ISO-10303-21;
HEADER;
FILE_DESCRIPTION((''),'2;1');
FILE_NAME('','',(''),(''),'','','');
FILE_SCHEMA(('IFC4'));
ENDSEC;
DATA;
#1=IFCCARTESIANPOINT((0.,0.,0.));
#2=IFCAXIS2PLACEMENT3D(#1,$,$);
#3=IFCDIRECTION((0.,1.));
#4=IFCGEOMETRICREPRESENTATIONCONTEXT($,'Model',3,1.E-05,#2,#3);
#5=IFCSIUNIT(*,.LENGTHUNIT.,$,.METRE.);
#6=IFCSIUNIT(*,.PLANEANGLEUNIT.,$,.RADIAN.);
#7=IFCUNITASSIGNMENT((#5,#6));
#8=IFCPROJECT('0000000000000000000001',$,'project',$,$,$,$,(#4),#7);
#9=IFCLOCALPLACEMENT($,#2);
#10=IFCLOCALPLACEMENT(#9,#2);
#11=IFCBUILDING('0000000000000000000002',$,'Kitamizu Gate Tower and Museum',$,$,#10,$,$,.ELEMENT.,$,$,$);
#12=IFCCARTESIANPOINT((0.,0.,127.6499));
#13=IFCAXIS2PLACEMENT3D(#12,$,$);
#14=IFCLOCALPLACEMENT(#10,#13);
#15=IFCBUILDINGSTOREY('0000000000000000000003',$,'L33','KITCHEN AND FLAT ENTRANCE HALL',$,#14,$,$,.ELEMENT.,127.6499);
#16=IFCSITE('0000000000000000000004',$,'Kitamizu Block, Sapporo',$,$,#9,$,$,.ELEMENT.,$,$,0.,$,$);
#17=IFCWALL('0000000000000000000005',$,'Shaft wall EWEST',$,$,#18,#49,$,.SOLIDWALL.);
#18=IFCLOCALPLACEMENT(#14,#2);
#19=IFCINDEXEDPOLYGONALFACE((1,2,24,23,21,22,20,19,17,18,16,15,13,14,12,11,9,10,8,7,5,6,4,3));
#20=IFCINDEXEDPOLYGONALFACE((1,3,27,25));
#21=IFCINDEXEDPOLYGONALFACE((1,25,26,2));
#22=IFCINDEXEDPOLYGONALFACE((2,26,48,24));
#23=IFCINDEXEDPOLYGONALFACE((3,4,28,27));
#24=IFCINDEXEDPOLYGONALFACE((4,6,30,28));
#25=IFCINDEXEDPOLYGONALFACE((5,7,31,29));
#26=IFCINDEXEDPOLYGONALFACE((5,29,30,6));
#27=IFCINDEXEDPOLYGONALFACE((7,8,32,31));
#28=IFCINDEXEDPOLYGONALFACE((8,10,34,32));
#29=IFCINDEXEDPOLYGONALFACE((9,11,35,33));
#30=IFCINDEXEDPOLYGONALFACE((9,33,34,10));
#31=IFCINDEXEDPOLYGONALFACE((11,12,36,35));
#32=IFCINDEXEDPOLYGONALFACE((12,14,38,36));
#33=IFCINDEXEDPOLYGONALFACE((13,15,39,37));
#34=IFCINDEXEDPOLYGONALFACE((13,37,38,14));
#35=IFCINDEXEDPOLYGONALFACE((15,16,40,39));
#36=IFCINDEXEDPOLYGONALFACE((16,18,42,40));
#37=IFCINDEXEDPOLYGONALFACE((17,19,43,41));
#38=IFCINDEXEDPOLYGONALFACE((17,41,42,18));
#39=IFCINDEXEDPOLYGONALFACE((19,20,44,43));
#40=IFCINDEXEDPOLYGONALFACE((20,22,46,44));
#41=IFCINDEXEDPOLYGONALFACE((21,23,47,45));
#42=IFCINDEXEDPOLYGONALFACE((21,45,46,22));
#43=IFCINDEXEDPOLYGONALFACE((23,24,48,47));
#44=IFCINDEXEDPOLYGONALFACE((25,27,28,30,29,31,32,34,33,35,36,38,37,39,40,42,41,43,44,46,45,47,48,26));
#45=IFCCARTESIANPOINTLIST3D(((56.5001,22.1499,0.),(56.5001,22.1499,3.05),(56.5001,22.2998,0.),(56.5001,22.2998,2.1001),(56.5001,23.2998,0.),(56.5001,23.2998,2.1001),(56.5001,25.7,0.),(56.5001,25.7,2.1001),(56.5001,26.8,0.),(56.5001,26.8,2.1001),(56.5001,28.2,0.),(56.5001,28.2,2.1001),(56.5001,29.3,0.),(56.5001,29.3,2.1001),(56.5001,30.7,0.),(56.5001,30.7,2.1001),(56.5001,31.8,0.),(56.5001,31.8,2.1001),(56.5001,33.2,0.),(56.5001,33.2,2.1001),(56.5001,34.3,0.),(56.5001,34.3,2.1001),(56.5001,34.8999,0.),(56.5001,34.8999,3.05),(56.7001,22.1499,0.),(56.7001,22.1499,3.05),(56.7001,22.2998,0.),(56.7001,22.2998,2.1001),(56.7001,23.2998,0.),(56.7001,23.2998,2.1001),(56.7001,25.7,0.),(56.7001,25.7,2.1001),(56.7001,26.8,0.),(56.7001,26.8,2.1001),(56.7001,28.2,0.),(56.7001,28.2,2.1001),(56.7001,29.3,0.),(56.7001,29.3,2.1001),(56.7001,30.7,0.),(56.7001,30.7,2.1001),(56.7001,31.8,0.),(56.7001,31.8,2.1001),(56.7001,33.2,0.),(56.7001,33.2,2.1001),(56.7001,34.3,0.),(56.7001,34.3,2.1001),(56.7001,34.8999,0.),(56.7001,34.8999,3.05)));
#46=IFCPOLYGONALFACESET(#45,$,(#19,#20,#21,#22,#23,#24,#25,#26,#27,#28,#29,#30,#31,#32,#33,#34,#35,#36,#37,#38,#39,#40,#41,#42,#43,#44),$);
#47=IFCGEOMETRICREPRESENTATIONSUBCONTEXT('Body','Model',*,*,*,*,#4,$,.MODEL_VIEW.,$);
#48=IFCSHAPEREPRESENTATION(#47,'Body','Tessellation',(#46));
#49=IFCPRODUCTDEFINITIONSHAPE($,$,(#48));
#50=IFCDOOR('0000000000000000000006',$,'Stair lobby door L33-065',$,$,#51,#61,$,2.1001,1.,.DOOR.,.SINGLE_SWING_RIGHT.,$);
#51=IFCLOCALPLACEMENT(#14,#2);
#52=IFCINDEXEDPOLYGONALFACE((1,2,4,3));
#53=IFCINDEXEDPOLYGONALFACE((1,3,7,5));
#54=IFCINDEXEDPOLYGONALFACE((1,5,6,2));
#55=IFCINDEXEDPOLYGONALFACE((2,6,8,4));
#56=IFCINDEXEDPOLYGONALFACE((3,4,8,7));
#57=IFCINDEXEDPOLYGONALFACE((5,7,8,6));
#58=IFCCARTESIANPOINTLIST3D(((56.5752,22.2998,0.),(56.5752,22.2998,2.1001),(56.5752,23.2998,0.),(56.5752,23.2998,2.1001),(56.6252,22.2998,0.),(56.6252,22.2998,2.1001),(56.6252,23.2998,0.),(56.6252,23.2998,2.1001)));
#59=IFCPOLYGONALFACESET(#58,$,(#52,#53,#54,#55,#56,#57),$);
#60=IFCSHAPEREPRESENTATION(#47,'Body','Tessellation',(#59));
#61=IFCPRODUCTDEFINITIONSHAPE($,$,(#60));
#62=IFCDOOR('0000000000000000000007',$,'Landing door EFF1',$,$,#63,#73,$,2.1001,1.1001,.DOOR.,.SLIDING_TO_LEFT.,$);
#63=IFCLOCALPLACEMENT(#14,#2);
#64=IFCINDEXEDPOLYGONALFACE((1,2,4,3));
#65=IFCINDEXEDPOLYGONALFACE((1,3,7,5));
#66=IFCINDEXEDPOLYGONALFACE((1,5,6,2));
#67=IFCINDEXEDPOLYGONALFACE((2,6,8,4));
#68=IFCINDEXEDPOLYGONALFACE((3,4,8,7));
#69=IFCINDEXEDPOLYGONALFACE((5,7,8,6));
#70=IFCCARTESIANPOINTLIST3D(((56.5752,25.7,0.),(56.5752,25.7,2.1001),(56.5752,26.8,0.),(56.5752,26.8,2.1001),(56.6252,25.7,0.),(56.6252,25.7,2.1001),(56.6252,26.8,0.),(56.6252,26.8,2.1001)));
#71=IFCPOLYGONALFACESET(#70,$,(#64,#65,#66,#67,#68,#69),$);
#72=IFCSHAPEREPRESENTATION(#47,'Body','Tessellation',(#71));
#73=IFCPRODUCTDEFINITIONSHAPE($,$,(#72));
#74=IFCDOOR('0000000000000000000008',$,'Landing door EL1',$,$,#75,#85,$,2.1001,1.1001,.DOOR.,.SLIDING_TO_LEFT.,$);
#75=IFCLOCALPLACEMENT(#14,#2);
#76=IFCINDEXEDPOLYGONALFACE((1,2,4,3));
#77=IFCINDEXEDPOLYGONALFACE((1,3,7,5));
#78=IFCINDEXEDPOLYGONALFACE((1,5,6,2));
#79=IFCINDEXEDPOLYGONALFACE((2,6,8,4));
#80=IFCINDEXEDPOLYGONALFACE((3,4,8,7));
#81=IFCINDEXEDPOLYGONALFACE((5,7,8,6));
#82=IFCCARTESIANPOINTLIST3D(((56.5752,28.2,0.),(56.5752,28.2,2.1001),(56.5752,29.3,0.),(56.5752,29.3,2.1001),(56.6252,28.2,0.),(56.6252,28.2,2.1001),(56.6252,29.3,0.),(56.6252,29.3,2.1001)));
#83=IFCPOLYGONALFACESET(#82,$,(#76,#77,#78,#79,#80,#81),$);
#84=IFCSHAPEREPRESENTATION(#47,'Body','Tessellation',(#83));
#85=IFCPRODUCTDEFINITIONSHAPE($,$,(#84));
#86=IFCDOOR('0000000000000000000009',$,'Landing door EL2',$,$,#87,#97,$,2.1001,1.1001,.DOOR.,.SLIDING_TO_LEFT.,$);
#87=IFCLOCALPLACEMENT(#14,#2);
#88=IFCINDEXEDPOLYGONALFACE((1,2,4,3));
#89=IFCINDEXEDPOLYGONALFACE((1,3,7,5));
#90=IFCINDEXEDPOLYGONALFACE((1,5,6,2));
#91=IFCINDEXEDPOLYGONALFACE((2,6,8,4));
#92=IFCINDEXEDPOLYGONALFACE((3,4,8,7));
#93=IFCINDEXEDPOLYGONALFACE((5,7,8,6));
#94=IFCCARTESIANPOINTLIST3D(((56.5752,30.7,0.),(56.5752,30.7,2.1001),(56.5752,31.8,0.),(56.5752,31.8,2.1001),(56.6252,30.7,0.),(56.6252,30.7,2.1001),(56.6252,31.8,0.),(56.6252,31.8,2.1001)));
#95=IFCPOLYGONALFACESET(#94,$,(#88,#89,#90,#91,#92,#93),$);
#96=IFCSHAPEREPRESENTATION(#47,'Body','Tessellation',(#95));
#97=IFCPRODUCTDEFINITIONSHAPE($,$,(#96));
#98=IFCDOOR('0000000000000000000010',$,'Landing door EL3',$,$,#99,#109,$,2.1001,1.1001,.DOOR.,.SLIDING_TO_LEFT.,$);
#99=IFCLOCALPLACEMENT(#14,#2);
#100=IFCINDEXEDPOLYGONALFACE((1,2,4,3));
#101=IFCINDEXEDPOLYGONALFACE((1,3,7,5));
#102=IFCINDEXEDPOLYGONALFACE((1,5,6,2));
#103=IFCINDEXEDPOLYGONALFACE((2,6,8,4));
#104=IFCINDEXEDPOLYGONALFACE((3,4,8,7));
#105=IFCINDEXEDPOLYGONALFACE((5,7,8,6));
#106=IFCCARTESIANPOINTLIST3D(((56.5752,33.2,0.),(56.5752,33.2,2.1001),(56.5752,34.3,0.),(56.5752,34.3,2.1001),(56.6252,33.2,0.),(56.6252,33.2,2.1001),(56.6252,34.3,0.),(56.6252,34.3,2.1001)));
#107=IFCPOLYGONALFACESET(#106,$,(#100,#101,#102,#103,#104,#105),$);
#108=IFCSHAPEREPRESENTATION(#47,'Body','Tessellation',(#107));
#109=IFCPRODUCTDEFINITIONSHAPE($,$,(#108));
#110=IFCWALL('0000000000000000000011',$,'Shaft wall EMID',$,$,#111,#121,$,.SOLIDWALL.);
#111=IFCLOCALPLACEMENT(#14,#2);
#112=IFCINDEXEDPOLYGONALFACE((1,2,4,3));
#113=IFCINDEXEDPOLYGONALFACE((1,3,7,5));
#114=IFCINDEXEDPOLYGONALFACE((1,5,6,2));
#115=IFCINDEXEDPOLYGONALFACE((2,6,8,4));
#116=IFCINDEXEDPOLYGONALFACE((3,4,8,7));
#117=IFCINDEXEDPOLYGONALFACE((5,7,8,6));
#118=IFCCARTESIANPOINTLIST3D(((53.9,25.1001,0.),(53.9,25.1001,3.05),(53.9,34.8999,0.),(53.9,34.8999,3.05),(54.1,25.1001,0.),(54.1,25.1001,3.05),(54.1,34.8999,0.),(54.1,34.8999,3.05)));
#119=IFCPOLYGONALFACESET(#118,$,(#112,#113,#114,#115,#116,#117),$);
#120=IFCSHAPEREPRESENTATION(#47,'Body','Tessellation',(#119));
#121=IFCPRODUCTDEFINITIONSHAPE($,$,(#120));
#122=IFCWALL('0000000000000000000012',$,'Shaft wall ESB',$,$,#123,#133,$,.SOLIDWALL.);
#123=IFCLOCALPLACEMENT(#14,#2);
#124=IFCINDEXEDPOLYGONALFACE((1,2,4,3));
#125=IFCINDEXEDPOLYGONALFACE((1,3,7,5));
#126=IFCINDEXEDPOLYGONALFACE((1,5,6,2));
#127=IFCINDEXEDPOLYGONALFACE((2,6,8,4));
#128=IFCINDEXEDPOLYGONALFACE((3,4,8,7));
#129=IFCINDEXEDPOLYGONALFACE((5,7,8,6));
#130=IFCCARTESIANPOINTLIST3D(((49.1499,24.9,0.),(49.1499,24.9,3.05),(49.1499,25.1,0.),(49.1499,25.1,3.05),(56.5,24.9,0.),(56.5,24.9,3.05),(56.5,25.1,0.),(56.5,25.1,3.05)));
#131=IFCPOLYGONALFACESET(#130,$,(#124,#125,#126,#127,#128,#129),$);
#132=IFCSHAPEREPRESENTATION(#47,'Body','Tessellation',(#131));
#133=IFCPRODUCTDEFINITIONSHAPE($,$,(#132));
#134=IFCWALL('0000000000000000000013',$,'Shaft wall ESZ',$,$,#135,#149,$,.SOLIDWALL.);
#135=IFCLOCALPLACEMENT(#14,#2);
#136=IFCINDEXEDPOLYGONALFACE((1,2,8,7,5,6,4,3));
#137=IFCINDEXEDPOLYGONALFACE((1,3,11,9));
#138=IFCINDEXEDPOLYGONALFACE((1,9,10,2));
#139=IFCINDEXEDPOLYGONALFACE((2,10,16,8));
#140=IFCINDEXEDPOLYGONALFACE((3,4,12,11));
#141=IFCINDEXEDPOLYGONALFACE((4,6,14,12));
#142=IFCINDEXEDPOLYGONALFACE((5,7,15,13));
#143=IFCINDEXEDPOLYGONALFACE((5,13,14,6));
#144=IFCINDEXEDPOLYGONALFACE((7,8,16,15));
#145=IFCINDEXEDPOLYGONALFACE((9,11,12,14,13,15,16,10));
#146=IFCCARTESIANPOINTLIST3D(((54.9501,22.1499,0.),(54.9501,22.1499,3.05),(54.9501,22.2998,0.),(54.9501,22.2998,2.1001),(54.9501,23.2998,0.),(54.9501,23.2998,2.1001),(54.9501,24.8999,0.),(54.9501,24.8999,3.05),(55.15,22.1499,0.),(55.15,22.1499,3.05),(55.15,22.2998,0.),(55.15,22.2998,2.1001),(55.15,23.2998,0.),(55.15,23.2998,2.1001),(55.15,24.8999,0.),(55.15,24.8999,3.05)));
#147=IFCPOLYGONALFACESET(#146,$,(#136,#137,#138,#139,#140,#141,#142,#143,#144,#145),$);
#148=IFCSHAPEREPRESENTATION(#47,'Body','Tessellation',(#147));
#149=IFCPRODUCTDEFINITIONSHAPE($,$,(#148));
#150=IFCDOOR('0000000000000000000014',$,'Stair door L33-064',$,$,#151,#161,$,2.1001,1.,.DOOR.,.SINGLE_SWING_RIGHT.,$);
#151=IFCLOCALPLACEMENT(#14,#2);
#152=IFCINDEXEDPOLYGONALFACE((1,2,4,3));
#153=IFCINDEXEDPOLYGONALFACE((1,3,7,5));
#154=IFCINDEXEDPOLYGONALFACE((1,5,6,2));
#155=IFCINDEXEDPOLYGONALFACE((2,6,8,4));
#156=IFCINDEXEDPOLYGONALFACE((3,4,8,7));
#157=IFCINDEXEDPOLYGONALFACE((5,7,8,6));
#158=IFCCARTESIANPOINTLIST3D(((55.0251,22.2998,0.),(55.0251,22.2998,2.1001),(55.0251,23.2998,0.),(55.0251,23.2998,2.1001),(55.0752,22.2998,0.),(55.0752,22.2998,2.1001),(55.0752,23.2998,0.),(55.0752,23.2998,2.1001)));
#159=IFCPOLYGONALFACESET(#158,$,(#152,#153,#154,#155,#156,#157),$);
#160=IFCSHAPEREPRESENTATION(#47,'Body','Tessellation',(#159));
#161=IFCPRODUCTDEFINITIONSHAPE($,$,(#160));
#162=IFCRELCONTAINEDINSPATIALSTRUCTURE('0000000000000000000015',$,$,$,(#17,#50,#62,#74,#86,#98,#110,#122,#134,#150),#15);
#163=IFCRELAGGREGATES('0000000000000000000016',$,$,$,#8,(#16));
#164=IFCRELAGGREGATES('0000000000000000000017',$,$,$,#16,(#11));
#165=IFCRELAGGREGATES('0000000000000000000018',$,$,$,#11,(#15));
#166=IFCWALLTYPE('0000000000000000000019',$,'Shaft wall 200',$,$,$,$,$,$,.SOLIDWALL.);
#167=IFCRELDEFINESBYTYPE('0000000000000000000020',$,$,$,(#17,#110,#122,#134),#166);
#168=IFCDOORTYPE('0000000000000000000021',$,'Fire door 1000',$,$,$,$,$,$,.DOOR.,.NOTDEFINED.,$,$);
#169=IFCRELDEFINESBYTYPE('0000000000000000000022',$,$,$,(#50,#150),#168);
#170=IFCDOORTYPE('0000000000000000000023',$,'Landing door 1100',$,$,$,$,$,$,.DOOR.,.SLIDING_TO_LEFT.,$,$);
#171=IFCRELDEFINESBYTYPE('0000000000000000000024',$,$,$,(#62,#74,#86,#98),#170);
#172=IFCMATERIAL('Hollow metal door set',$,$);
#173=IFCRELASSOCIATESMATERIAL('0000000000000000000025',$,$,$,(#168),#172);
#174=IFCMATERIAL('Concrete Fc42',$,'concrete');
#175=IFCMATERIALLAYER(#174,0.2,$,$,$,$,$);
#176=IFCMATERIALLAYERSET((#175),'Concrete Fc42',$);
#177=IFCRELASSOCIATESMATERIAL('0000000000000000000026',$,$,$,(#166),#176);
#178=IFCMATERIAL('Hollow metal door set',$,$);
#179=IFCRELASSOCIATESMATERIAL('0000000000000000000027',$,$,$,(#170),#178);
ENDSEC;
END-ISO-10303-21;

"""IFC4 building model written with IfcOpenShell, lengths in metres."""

from ifc_helpers import new_model, si_unit, direction, frame, frame_2d, origin, place, context, subcontext, project, spatial, rectangle, extrude, material, layer, layer_set, type_object, element, fill, save


model = new_model("IFC4")

# Units and contexts
model_context = context("Model", 3, precision=1e-05, world=origin(), true_north=direction((0.0, 1.0)))
body_context = subcontext(model_context, "Body", "Model", "MODEL_VIEW")
ifc_project = project(units=[si_unit("LENGTHUNIT", "METRE"), si_unit("PLANEANGLEUNIT", "RADIAN")], contexts=[model_context])

# Site, building, storey
site_placement = place(None, origin())
site = spatial("IfcSite", under=ifc_project, at=site_placement, Name="Kitamizu Block, Sapporo", CompositionType="ELEMENT", RefElevation=0.0)
building_placement = place(site_placement, origin())
building = spatial("IfcBuilding", under=site, at=building_placement, Name="Kitamizu Gate Tower and Museum", CompositionType="ELEMENT")
storey_placement = place(building_placement, frame((0.0, 0.0, 127.6499)))
storey = spatial("IfcBuildingStorey", under=building, at=storey_placement, Name="L33", Description="KITCHEN AND FLAT ENTRANCE HALL", CompositionType="ELEMENT", Elevation=127.6499)

# Shared definitions
ifc_material_1 = material(Name="Hollow metal door set")
door_type_1 = type_object("IfcDoorType", Name="Fire door 1000", OperationType="NOTDEFINED", PredefinedType="DOOR", material=ifc_material_1)

# Wall, openings, doors
ifc_material_2 = material(Name="Concrete Fc42", Category="concrete")
ifc_layer_1 = layer(ifc_material_2, 0.2)
ifc_layer_set_1 = layer_set([ifc_layer_1], Name="Concrete Fc42")
wall_type_1 = type_object("IfcWallType", Name="Shaft wall 200", PredefinedType="SOLIDWALL", material=ifc_layer_set_1)
wall_1_placement = place(storey_placement, frame((56.6001, 22.1499, 0.0), z_axis=(0.0, 0.0, 1.0), x_axis=(0.0, 1.0, 0.0)))
wall_1 = element("IfcWall", 1, at=wall_1_placement, inside=storey, type_object=wall_type_1, Name="Shaft wall EWEST", PredefinedType="SOLIDWALL", context=body_context, shape_type="SweptSolid", body=[
    extrude(rectangle(XDim=12.75, YDim=0.2, at=frame_2d((6.375, 0.0))), origin(), (0.0, 0.0, 1.0), 3.05),
])
opening_1_placement = place(wall_1_placement, frame((3.55, 0.0, 0.0)))
opening_1 = element("IfcOpeningElement", 2, at=opening_1_placement, cuts=wall_1, PredefinedType="OPENING", context=body_context, shape_type="SweptSolid", body=[
    extrude(rectangle(XDim=1.1001, YDim=2.1001, at=frame_2d((0.55, 1.05))), frame((0.0, 0.1099, 0.0), z_axis=(0.0, -1.0, 0.0), x_axis=(1.0, 0.0, 0.0)), (0.0, 0.0, 1.0), 0.22),
])
opening_2_placement = place(wall_1_placement, frame((6.05, 0.0, 0.0)))
opening_2 = element("IfcOpeningElement", 3, at=opening_2_placement, cuts=wall_1, PredefinedType="OPENING", context=body_context, shape_type="SweptSolid", body=[
    extrude(rectangle(XDim=1.1001, YDim=2.1001, at=frame_2d((0.55, 1.05))), frame((0.0, 0.1099, 0.0), z_axis=(0.0, -1.0, 0.0), x_axis=(1.0, 0.0, 0.0)), (0.0, 0.0, 1.0), 0.22),
])
opening_3_placement = place(wall_1_placement, frame((8.55, 0.0, 0.0)))
opening_3 = element("IfcOpeningElement", 4, at=opening_3_placement, cuts=wall_1, PredefinedType="OPENING", context=body_context, shape_type="SweptSolid", body=[
    extrude(rectangle(XDim=1.1001, YDim=2.1001, at=frame_2d((0.55, 1.05))), frame((0.0, 0.1099, 0.0), z_axis=(0.0, -1.0, 0.0), x_axis=(1.0, 0.0, 0.0)), (0.0, 0.0, 1.0), 0.22),
])
opening_4_placement = place(wall_1_placement, frame((11.05, 0.0, 0.0)))
opening_4 = element("IfcOpeningElement", 5, at=opening_4_placement, cuts=wall_1, PredefinedType="OPENING", context=body_context, shape_type="SweptSolid", body=[
    extrude(rectangle(XDim=1.1001, YDim=2.1001, at=frame_2d((0.55, 1.05))), frame((0.0, 0.1099, 0.0), z_axis=(0.0, -1.0, 0.0), x_axis=(1.0, 0.0, 0.0)), (0.0, 0.0, 1.0), 0.22),
])
opening_5_placement = place(wall_1_placement, frame((0.1499, 0.0, 0.0)))
opening_5 = element("IfcOpeningElement", 6, at=opening_5_placement, cuts=wall_1, PredefinedType="OPENING", context=body_context, shape_type="SweptSolid", body=[
    extrude(rectangle(XDim=1.0, YDim=2.1001, at=frame_2d((0.5, 1.05))), frame((0.0, 0.1099, 0.0), z_axis=(0.0, -1.0, 0.0), x_axis=(1.0, 0.0, 0.0)), (0.0, 0.0, 1.0), 0.22),
])
door_1_placement = place(opening_5_placement, origin())
door_1 = element("IfcDoor", 7, at=door_1_placement, inside=storey, type_object=door_type_1, Name="Stair lobby door L33-065", OperationType="SINGLE_SWING_RIGHT", OverallHeight=2.1001, OverallWidth=1.0, PredefinedType="DOOR", context=body_context, shape_type="SweptSolid", body=[
    extrude(rectangle(XDim=1.0, YDim=2.1001, at=frame_2d((0.5, 1.05))), frame((0.0, 0.0249, 0.0), z_axis=(0.0, -1.0, 0.0), x_axis=(1.0, 0.0, 0.0)), (0.0, 0.0, 1.0), 0.05),
])
fill(opening_5, door_1)
ifc_material_3 = material(Name="Hollow metal door set")
door_type_2 = type_object("IfcDoorType", Name="Landing door 1100", OperationType="SLIDING_TO_LEFT", PredefinedType="DOOR", material=ifc_material_3)
door_2_placement = place(opening_1_placement, origin())
door_2 = element("IfcDoor", 8, at=door_2_placement, inside=storey, type_object=door_type_2, Name="Landing door EFF1", OperationType="SLIDING_TO_LEFT", OverallHeight=2.1001, OverallWidth=1.1001, PredefinedType="DOOR", context=body_context, shape_type="SweptSolid", body=[
    extrude(rectangle(XDim=1.1001, YDim=2.1001, at=frame_2d((0.55, 1.05))), frame((0.0, 0.0249, 0.0), z_axis=(0.0, -1.0, 0.0), x_axis=(1.0, 0.0, 0.0)), (0.0, 0.0, 1.0), 0.05),
])
fill(opening_1, door_2)
door_3_placement = place(opening_2_placement, origin())
door_3 = element("IfcDoor", 9, at=door_3_placement, inside=storey, type_object=door_type_2, Name="Landing door EL1", OperationType="SLIDING_TO_LEFT", OverallHeight=2.1001, OverallWidth=1.1001, PredefinedType="DOOR", context=body_context, shape_type="SweptSolid", body=[
    extrude(rectangle(XDim=1.1001, YDim=2.1001, at=frame_2d((0.55, 1.05))), frame((0.0, 0.0249, 0.0), z_axis=(0.0, -1.0, 0.0), x_axis=(1.0, 0.0, 0.0)), (0.0, 0.0, 1.0), 0.05),
])
fill(opening_2, door_3)
door_4_placement = place(opening_3_placement, origin())
door_4 = element("IfcDoor", 10, at=door_4_placement, inside=storey, type_object=door_type_2, Name="Landing door EL2", OperationType="SLIDING_TO_LEFT", OverallHeight=2.1001, OverallWidth=1.1001, PredefinedType="DOOR", context=body_context, shape_type="SweptSolid", body=[
    extrude(rectangle(XDim=1.1001, YDim=2.1001, at=frame_2d((0.55, 1.05))), frame((0.0, 0.0249, 0.0), z_axis=(0.0, -1.0, 0.0), x_axis=(1.0, 0.0, 0.0)), (0.0, 0.0, 1.0), 0.05),
])
fill(opening_3, door_4)
door_5_placement = place(opening_4_placement, origin())
door_5 = element("IfcDoor", 11, at=door_5_placement, inside=storey, type_object=door_type_2, Name="Landing door EL3", OperationType="SLIDING_TO_LEFT", OverallHeight=2.1001, OverallWidth=1.1001, PredefinedType="DOOR", context=body_context, shape_type="SweptSolid", body=[
    extrude(rectangle(XDim=1.1001, YDim=2.1001, at=frame_2d((0.55, 1.05))), frame((0.0, 0.0249, 0.0), z_axis=(0.0, -1.0, 0.0), x_axis=(1.0, 0.0, 0.0)), (0.0, 0.0, 1.0), 0.05),
])
fill(opening_4, door_5)

# Walls
wall_2_placement = place(storey_placement, frame((54.0, 25.1001, 0.0), z_axis=(0.0, 0.0, 1.0), x_axis=(0.0, 1.0, 0.0)))
element("IfcWall", 12, at=wall_2_placement, inside=storey, type_object=wall_type_1, Name="Shaft wall EMID", PredefinedType="SOLIDWALL", context=body_context, shape_type="SweptSolid", body=[
    extrude(rectangle(XDim=9.7998, YDim=0.2, at=frame_2d((4.8999, 0.0))), origin(), (0.0, 0.0, 1.0), 3.05),
])
wall_3_placement = place(storey_placement, frame((56.5, 25.0, 0.0), z_axis=(0.0, 0.0, 1.0), x_axis=(-1.0, 0.0, 0.0)))
element("IfcWall", 13, at=wall_3_placement, inside=storey, type_object=wall_type_1, Name="Shaft wall ESB", PredefinedType="SOLIDWALL", context=body_context, shape_type="SweptSolid", body=[
    extrude(rectangle(XDim=7.3501, YDim=0.2, at=frame_2d((3.675, 0.0))), origin(), (0.0, 0.0, 1.0), 3.05),
])

# Wall, opening, door
wall_4_placement = place(storey_placement, frame((55.05, 22.1499, 0.0), z_axis=(0.0, 0.0, 1.0), x_axis=(0.0, 1.0, 0.0)))
wall_4 = element("IfcWall", 14, at=wall_4_placement, inside=storey, type_object=wall_type_1, Name="Shaft wall ESZ", PredefinedType="SOLIDWALL", context=body_context, shape_type="SweptSolid", body=[
    extrude(rectangle(XDim=2.75, YDim=0.2, at=frame_2d((1.375, 0.0))), origin(), (0.0, 0.0, 1.0), 3.05),
])
opening_6_placement = place(wall_4_placement, frame((0.1499, 0.0, 0.0)))
opening_6 = element("IfcOpeningElement", 15, at=opening_6_placement, cuts=wall_4, PredefinedType="OPENING", context=body_context, shape_type="SweptSolid", body=[
    extrude(rectangle(XDim=1.0, YDim=2.1001, at=frame_2d((0.5, 1.05))), frame((0.0, 0.1099, 0.0), z_axis=(0.0, -1.0, 0.0), x_axis=(1.0, 0.0, 0.0)), (0.0, 0.0, 1.0), 0.22),
])
door_6_placement = place(opening_6_placement, origin())
door_6 = element("IfcDoor", 16, at=door_6_placement, inside=storey, type_object=door_type_1, Name="Stair door L33-064", OperationType="SINGLE_SWING_RIGHT", OverallHeight=2.1001, OverallWidth=1.0, PredefinedType="DOOR", context=body_context, shape_type="SweptSolid", body=[
    extrude(rectangle(XDim=1.0, YDim=2.1001, at=frame_2d((0.5, 1.05))), frame((0.0, 0.0249, 0.0), z_axis=(0.0, -1.0, 0.0), x_axis=(1.0, 0.0, 0.0)), (0.0, 0.0, 1.0), 0.05),
])
fill(opening_6, door_6)

save(model, "model.ifc")
